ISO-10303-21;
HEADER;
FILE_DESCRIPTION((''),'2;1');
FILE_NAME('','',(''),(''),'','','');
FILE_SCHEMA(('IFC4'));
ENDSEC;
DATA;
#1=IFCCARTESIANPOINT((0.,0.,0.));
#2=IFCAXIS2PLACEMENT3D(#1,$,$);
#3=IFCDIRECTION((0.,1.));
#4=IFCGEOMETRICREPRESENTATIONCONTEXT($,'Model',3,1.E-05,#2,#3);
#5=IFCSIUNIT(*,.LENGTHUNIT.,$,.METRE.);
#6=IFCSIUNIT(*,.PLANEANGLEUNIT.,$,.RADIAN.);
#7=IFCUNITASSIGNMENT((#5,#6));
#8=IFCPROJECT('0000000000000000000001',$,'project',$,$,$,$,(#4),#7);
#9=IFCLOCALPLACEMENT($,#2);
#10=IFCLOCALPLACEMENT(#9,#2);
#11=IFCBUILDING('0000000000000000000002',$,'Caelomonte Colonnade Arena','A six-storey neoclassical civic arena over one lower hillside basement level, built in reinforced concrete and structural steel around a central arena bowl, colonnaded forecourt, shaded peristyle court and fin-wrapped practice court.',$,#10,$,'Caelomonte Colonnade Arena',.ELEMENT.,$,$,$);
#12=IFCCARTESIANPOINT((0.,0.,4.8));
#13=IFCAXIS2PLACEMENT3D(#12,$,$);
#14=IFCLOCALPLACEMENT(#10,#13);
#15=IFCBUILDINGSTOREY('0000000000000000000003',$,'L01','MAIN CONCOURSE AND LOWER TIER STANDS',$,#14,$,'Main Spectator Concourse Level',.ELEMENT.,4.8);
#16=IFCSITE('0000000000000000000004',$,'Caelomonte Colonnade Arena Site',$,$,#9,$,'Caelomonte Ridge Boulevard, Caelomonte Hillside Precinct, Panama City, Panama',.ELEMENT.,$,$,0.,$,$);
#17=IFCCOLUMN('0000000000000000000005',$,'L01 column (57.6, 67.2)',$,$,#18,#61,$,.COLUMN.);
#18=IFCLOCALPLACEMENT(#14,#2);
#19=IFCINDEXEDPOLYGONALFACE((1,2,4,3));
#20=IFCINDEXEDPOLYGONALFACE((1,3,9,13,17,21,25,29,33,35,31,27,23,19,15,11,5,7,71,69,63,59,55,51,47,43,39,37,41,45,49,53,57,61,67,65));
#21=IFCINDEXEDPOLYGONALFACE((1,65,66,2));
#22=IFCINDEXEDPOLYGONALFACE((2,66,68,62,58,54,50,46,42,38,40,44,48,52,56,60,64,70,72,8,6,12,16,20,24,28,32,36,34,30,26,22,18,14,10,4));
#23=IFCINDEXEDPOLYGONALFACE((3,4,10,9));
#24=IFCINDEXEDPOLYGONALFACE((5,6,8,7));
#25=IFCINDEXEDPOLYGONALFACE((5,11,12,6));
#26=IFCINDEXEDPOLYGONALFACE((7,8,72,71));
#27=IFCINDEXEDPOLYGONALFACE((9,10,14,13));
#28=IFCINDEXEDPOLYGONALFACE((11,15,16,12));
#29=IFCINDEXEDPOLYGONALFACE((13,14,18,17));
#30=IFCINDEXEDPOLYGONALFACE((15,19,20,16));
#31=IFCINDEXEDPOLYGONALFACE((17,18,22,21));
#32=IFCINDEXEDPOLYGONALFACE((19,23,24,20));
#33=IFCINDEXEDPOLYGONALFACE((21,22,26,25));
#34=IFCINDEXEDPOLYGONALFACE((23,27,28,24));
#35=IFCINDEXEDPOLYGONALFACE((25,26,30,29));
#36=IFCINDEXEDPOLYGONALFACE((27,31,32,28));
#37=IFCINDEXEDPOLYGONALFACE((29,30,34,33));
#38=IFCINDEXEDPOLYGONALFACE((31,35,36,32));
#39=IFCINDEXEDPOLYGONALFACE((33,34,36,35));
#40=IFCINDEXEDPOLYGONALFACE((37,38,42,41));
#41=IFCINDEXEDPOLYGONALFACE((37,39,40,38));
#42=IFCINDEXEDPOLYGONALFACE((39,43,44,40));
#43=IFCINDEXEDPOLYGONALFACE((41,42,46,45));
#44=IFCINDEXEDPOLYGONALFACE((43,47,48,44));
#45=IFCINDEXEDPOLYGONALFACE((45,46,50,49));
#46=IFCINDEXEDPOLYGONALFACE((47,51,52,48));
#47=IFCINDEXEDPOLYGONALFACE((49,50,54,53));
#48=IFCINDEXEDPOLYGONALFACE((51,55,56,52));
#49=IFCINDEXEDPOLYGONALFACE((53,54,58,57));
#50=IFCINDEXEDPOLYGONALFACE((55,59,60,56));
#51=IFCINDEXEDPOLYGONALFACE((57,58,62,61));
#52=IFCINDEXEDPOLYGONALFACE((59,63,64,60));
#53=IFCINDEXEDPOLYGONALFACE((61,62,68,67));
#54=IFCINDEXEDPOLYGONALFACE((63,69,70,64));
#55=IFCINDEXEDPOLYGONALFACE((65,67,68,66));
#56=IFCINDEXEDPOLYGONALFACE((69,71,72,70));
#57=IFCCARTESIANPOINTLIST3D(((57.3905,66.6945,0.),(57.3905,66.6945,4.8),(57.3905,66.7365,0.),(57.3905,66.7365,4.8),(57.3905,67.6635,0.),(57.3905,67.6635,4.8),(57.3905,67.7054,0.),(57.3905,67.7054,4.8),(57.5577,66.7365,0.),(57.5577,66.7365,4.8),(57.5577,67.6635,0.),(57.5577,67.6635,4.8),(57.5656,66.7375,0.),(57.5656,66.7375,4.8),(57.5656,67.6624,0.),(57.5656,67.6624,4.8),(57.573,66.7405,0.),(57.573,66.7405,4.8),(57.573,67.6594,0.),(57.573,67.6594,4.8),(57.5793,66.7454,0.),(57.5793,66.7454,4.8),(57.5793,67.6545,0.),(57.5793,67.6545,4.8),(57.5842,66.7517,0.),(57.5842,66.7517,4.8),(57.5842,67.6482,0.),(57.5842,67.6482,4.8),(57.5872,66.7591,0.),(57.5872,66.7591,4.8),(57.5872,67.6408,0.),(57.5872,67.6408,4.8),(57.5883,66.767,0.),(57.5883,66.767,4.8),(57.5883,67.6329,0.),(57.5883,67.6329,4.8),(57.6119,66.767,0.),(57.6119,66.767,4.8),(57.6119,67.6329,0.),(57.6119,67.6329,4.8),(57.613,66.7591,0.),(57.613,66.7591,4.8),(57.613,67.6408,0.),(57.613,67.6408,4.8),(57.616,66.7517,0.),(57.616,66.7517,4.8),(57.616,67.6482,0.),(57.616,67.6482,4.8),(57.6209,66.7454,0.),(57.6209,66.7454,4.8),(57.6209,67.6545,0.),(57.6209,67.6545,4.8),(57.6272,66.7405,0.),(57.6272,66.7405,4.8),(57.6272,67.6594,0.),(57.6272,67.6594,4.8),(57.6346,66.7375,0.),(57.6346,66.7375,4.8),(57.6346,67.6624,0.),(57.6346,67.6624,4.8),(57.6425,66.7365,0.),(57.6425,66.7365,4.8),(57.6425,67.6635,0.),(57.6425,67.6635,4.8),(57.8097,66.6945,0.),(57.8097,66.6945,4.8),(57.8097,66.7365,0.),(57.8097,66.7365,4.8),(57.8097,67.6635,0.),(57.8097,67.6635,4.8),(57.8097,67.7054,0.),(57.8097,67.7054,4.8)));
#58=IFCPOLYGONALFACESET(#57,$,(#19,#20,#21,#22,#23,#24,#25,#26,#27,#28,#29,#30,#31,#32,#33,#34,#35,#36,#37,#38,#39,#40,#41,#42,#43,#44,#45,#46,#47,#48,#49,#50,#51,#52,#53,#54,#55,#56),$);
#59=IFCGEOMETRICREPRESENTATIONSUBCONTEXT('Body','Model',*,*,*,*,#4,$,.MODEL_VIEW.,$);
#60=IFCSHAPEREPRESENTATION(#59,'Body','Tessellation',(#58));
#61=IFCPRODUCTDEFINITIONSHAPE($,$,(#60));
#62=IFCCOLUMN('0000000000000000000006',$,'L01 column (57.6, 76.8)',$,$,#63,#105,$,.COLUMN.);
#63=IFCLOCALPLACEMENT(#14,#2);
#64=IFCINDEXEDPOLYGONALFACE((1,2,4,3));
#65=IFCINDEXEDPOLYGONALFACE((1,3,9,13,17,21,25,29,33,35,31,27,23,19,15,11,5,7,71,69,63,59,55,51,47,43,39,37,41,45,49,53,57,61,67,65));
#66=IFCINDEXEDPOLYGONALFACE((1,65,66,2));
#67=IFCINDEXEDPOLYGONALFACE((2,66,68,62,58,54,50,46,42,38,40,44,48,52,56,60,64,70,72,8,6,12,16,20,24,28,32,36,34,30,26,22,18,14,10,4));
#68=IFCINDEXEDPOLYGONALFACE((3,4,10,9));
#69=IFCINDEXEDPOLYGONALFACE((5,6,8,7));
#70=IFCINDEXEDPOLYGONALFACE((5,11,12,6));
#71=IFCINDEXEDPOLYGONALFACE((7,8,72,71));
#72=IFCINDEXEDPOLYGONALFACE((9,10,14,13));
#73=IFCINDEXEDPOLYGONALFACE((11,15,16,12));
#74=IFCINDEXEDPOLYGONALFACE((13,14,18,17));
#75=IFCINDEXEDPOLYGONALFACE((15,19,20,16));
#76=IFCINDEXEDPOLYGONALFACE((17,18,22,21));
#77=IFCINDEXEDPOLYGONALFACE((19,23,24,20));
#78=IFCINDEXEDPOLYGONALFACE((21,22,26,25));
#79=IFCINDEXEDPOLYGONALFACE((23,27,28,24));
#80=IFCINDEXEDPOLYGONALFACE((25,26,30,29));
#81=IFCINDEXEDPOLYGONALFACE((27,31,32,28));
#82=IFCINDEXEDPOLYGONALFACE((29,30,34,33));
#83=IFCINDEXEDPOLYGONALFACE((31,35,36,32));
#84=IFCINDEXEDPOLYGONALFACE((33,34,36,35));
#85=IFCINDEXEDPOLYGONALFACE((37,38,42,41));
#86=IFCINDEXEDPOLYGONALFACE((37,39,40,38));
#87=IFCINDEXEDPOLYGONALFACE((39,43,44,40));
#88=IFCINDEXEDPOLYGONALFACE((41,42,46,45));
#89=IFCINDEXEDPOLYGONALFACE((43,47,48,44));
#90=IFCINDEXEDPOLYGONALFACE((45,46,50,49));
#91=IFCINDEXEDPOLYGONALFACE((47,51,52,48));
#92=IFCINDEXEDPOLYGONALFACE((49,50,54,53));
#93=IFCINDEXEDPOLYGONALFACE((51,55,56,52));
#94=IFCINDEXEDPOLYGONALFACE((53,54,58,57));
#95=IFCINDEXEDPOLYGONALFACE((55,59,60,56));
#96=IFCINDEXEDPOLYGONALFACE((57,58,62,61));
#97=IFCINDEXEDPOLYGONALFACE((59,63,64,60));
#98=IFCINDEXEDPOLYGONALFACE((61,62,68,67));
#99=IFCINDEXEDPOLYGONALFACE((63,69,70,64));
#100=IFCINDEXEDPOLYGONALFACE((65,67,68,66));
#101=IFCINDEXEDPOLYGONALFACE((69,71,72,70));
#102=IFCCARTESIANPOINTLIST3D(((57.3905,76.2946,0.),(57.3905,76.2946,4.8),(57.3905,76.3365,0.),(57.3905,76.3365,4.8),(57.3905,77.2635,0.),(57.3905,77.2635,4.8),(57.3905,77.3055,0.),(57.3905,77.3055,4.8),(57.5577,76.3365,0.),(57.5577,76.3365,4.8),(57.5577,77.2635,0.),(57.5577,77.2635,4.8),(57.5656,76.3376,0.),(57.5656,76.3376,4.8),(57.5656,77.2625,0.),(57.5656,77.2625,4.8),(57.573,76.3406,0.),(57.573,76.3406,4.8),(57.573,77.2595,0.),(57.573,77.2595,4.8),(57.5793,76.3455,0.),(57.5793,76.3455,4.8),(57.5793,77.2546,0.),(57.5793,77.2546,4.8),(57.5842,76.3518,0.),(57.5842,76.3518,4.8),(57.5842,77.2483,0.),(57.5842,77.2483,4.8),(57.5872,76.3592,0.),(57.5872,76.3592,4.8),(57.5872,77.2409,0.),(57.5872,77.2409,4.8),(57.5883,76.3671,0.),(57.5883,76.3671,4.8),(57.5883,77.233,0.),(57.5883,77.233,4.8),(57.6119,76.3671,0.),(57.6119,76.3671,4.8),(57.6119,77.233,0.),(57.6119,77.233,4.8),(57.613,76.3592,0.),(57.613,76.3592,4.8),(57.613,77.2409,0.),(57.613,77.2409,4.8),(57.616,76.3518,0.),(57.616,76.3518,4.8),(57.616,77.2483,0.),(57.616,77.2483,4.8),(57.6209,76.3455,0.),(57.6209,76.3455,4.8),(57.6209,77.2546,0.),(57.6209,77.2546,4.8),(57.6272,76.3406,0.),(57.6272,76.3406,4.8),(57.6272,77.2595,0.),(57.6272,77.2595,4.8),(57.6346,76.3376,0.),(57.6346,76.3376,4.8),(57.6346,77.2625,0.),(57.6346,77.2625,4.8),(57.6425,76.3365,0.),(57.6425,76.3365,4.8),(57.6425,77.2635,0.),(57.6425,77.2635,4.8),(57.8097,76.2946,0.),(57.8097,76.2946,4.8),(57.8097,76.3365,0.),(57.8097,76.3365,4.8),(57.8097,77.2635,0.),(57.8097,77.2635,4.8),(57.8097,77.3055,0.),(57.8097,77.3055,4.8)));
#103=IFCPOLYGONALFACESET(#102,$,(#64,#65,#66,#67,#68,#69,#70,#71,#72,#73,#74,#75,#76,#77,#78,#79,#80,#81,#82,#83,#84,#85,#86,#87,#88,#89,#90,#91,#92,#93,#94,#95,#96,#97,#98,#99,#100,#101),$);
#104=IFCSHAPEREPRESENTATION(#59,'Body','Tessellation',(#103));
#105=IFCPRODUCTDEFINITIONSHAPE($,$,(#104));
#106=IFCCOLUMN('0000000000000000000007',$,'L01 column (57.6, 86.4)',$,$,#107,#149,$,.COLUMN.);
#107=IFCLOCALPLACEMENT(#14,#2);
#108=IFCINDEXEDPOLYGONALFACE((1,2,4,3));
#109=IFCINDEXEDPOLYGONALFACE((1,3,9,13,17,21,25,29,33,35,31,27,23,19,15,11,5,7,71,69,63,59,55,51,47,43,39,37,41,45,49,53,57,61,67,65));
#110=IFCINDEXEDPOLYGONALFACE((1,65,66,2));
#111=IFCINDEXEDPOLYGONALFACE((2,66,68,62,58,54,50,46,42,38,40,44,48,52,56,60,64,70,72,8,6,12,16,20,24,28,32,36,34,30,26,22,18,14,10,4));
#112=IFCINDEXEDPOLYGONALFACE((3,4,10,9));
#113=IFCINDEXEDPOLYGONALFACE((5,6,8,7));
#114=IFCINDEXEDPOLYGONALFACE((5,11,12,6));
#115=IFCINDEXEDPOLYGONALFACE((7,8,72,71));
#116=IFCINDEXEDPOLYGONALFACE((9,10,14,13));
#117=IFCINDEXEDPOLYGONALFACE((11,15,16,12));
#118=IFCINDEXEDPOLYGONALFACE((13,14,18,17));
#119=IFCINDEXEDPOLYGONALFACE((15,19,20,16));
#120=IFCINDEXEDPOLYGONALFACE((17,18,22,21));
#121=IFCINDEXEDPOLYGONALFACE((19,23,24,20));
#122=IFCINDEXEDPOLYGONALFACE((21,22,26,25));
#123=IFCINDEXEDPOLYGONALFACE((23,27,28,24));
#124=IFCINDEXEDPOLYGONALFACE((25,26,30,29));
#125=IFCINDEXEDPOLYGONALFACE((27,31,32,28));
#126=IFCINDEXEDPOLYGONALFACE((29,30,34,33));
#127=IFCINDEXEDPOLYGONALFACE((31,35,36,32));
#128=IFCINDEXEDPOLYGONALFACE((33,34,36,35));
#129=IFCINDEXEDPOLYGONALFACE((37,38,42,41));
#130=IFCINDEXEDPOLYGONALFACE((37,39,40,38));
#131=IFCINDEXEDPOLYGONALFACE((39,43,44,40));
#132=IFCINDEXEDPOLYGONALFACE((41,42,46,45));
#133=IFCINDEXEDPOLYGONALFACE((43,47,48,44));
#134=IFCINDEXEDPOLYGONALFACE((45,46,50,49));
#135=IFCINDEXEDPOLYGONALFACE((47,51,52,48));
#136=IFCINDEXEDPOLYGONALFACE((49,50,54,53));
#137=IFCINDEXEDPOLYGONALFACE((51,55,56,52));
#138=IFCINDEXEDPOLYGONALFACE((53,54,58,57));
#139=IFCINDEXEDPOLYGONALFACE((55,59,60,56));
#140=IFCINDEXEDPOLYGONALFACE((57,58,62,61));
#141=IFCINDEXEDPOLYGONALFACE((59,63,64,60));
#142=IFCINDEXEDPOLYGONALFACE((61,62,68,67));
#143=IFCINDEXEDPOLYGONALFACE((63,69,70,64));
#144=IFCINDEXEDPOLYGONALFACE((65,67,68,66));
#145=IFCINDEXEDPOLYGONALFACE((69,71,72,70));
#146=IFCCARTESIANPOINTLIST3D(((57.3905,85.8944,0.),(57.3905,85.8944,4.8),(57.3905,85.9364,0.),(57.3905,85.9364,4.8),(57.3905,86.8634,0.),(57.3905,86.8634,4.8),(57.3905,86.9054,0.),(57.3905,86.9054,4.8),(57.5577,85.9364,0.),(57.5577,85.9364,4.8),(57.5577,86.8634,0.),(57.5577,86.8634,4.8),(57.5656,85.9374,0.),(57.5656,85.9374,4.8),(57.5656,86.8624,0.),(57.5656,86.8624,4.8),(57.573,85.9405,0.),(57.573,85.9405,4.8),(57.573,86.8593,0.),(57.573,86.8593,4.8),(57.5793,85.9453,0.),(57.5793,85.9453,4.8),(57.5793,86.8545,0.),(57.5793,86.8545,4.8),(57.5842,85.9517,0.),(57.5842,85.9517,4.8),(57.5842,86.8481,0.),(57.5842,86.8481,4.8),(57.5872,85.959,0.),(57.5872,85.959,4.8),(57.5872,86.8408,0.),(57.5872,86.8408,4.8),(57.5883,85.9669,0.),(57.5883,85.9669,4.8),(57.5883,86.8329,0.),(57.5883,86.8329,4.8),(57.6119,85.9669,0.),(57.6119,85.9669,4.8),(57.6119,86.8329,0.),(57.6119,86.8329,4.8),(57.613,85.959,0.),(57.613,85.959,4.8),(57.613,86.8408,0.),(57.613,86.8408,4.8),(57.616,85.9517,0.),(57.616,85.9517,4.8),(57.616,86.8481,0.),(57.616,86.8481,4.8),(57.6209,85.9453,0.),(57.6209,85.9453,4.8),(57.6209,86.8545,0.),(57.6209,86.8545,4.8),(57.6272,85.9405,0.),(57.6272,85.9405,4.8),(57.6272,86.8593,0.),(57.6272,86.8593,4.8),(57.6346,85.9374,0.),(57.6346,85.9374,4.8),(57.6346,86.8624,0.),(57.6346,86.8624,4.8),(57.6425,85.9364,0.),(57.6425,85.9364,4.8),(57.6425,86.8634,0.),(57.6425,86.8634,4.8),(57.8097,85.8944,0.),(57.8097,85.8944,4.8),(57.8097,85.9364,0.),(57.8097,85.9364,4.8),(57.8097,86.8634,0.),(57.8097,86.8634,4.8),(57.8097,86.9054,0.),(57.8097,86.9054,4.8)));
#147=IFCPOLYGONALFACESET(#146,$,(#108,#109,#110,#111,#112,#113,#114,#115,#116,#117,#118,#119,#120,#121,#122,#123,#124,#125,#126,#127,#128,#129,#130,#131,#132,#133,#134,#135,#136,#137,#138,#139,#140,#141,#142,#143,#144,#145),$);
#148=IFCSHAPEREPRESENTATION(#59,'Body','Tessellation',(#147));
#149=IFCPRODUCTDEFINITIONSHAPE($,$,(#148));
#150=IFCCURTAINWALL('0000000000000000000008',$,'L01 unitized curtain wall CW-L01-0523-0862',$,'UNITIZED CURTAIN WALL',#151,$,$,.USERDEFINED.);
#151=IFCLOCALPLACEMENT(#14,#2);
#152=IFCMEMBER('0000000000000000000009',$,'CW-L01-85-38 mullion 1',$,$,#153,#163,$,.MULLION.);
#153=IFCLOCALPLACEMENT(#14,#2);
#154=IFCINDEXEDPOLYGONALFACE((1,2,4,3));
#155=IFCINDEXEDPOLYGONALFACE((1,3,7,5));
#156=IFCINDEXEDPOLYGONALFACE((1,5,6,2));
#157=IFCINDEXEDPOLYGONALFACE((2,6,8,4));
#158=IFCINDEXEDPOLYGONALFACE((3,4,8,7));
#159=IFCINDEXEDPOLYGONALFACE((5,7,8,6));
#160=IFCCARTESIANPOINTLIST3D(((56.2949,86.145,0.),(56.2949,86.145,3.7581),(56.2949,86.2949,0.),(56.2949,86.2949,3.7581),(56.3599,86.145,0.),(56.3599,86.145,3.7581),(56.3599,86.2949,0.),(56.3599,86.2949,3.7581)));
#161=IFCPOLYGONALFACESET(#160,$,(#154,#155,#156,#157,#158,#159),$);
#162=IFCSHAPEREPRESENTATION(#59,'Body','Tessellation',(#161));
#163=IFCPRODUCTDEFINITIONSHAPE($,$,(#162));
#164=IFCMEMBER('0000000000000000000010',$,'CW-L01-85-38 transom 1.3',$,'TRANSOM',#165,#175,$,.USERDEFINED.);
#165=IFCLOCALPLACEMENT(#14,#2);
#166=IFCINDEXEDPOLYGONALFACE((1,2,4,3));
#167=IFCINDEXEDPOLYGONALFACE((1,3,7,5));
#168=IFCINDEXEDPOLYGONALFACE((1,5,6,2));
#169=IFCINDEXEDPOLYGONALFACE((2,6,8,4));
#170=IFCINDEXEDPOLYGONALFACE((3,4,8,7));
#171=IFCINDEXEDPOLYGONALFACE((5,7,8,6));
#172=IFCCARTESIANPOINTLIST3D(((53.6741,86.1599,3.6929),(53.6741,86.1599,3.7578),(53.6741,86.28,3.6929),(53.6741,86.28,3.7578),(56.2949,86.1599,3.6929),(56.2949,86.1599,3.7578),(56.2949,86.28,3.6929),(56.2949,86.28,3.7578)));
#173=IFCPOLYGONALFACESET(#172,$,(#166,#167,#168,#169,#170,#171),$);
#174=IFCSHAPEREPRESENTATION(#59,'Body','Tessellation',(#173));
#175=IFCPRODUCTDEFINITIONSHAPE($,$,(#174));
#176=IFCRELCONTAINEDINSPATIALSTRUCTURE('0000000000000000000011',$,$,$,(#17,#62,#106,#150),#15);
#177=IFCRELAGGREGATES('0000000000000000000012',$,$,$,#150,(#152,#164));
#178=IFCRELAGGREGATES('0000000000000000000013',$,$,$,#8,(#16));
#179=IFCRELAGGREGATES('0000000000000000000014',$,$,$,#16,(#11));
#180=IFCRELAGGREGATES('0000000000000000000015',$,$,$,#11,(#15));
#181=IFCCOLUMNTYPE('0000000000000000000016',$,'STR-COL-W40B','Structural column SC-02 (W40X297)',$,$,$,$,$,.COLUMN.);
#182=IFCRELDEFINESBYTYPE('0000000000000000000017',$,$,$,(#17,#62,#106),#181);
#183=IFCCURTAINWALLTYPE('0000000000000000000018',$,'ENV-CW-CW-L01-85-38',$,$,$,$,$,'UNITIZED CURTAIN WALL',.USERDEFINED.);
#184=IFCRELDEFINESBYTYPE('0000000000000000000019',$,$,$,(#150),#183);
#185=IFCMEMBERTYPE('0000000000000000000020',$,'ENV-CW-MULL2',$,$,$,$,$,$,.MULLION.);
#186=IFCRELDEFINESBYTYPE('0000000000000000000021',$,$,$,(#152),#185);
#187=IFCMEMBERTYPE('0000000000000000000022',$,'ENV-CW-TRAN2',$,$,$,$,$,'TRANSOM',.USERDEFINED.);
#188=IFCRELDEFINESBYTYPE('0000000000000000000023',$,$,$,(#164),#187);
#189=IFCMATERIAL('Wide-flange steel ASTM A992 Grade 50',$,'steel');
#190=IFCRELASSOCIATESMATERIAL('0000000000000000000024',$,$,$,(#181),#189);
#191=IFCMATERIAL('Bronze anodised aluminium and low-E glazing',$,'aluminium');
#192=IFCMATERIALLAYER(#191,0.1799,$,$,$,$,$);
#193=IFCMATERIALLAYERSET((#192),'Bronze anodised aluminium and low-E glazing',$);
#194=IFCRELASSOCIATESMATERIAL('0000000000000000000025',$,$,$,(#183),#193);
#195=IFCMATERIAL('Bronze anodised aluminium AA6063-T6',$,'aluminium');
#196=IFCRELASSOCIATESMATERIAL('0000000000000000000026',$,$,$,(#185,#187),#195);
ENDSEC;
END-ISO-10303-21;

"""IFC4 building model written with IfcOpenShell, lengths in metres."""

from ifc_helpers import new_model, si_unit, direction, frame, origin, origin_2d, place, context, subcontext, project, spatial, rectangle, i_section, extrude, material, layer, layer_set, material_profile, profile_set, type_object, element, aggregate, save


model = new_model("IFC4")

# Units and contexts
model_context = context("Model", 3, precision=1e-05, world=origin(), true_north=direction((0.0, 1.0)))
body_context = subcontext(model_context, "Body", "Model", "MODEL_VIEW")
ifc_project = project(units=[si_unit("LENGTHUNIT", "METRE"), si_unit("PLANEANGLEUNIT", "RADIAN")], contexts=[model_context])

# Site, building, storey
site_placement = place(None, origin())
site = spatial("IfcSite", under=ifc_project, at=site_placement, Name="Caelomonte Colonnade Arena Site", LongName="Caelomonte Ridge Boulevard, Caelomonte Hillside Precinct, Panama City, Panama", CompositionType="ELEMENT", RefElevation=0.0)
building_placement = place(site_placement, origin())
building = spatial("IfcBuilding", under=site, at=building_placement, Name="Caelomonte Colonnade Arena", Description="A six-storey neoclassical civic arena over one lower hillside basement level, built in reinforced concrete and structural steel around a central arena bowl, colonnaded forecourt, shaded peristyle court and fin-wrapped practice court.", LongName="Caelomonte Colonnade Arena", CompositionType="ELEMENT")
storey_placement = place(building_placement, frame((0.0, 0.0, 4.8)))
storey = spatial("IfcBuildingStorey", under=building, at=storey_placement, Name="L01", Description="MAIN CONCOURSE AND LOWER TIER STANDS", LongName="Main Spectator Concourse Level", CompositionType="ELEMENT", Elevation=4.8)

# Columns
ifc_material_1 = material(Name="Wide-flange steel ASTM A992 Grade 50", Category="steel")
ifc_material_profile_1 = material_profile(ifc_material_1, i_section(OverallWidth=0.4192, OverallDepth=1.011, WebThickness=0.0237, FlangeThickness=0.042, FilletRadius=0.0305, at=origin_2d()), Name="W40X297")
ifc_profile_set_1 = profile_set([ifc_material_profile_1], Name="Wide-flange steel ASTM A992 Grade 50")
column_type = type_object("IfcColumnType", Name="STR-COL-W40B", Description="Structural column SC-02 (W40X297)", PredefinedType="COLUMN", material=ifc_profile_set_1)
for number, where, z_axis, x_axis, name in (
    (1, (57.6001, 67.2, 0.0), (0.0, 0.0, 1.0), (1.0, 0.0, 0.0), "L01 column (57.6, 67.2)"),
    (2, (57.6001, 76.8, 0.0), (0.0, 0.0, 1.0), (1.0, 0.0, 0.0), "L01 column (57.6, 76.8)"),
    (3, (57.6001, 86.3999, 0.0), (0.0, 0.0, 1.0), (1.0, 0.0, 0.0), "L01 column (57.6, 86.4)"),
):
    element("IfcColumn", number, at=place(storey_placement, frame(where, z_axis=z_axis, x_axis=x_axis)), inside=storey, type_object=column_type, Name=name, PredefinedType="COLUMN", context=body_context, shape_type="SweptSolid", body=[
        extrude(i_section(OverallWidth=0.4192, OverallDepth=1.011, WebThickness=0.0237, FlangeThickness=0.042, FilletRadius=0.0305, at=origin_2d()), origin(), (0.0, 0.0, 1.0), 4.8),
    ])

# Curtain wall, members
ifc_material_2 = material(Name="Bronze anodised aluminium and low-E glazing", Category="aluminium")
ifc_layer_1 = layer(ifc_material_2, 0.1799)
ifc_layer_set_1 = layer_set([ifc_layer_1], Name="Bronze anodised aluminium and low-E glazing")
curtain_wall_type = type_object("IfcCurtainWallType", Name="ENV-CW-CW-L01-85-38", ElementType="UNITIZED CURTAIN WALL", PredefinedType="USERDEFINED", material=ifc_layer_set_1)
curtain_wall_placement = place(storey_placement, origin())
curtain_wall = element("IfcCurtainWall", 4, at=curtain_wall_placement, inside=storey, type_object=curtain_wall_type, Name="L01 unitized curtain wall CW-L01-0523-0862", ObjectType="UNITIZED CURTAIN WALL", PredefinedType="USERDEFINED")
ifc_material_3 = material(Name="Bronze anodised aluminium AA6063-T6", Category="aluminium")
ifc_material_profile_2 = material_profile(ifc_material_3, rectangle(XDim=0.0649, YDim=0.1499, at=origin_2d()), Name="CWM-65X150")
ifc_profile_set_2 = profile_set([ifc_material_profile_2], Name="Bronze anodised aluminium AA6063-T6")
member_type_1 = type_object("IfcMemberType", Name="ENV-CW-MULL2", PredefinedType="MULLION", material=ifc_profile_set_2)
member_1_placement = place(storey_placement, frame((56.3274, 86.22, 0.0), z_axis=(0.0, 0.0, 1.0), x_axis=(-1.0, 0.0, 0.0)))
member_1 = element("IfcMember", 5, at=member_1_placement, type_object=member_type_1, Name="CW-L01-85-38 mullion 1", PredefinedType="MULLION", context=body_context, shape_type="SweptSolid", body=[
    extrude(rectangle(XDim=0.0649, YDim=0.1499, at=origin_2d()), origin(), (0.0, 0.0, 1.0), 3.7581),
])
ifc_material_profile_3 = material_profile(ifc_material_3, rectangle(XDim=0.0649, YDim=0.1201, at=origin_2d()), Name="CWT-65X120")
ifc_profile_set_3 = profile_set([ifc_material_profile_3], Name="Bronze anodised aluminium AA6063-T6")
member_type_2 = type_object("IfcMemberType", Name="ENV-CW-TRAN2", ElementType="TRANSOM", PredefinedType="USERDEFINED", material=ifc_profile_set_3)
member_2_placement = place(storey_placement, frame((56.2949, 86.22, 3.7253), z_axis=(-1.0, 0.0, 0.0), x_axis=(0.0, 0.0, 1.0)))
member_2 = element("IfcMember", 6, at=member_2_placement, type_object=member_type_2, Name="CW-L01-85-38 transom 1.3", ObjectType="TRANSOM", PredefinedType="USERDEFINED", context=body_context, shape_type="SweptSolid", body=[
    extrude(rectangle(XDim=0.0649, YDim=0.1201, at=origin_2d()), origin(), (0.0, 0.0, 1.0), 2.6208),
])
aggregate(curtain_wall, [member_1, member_2])

save(model, "model.ifc")
